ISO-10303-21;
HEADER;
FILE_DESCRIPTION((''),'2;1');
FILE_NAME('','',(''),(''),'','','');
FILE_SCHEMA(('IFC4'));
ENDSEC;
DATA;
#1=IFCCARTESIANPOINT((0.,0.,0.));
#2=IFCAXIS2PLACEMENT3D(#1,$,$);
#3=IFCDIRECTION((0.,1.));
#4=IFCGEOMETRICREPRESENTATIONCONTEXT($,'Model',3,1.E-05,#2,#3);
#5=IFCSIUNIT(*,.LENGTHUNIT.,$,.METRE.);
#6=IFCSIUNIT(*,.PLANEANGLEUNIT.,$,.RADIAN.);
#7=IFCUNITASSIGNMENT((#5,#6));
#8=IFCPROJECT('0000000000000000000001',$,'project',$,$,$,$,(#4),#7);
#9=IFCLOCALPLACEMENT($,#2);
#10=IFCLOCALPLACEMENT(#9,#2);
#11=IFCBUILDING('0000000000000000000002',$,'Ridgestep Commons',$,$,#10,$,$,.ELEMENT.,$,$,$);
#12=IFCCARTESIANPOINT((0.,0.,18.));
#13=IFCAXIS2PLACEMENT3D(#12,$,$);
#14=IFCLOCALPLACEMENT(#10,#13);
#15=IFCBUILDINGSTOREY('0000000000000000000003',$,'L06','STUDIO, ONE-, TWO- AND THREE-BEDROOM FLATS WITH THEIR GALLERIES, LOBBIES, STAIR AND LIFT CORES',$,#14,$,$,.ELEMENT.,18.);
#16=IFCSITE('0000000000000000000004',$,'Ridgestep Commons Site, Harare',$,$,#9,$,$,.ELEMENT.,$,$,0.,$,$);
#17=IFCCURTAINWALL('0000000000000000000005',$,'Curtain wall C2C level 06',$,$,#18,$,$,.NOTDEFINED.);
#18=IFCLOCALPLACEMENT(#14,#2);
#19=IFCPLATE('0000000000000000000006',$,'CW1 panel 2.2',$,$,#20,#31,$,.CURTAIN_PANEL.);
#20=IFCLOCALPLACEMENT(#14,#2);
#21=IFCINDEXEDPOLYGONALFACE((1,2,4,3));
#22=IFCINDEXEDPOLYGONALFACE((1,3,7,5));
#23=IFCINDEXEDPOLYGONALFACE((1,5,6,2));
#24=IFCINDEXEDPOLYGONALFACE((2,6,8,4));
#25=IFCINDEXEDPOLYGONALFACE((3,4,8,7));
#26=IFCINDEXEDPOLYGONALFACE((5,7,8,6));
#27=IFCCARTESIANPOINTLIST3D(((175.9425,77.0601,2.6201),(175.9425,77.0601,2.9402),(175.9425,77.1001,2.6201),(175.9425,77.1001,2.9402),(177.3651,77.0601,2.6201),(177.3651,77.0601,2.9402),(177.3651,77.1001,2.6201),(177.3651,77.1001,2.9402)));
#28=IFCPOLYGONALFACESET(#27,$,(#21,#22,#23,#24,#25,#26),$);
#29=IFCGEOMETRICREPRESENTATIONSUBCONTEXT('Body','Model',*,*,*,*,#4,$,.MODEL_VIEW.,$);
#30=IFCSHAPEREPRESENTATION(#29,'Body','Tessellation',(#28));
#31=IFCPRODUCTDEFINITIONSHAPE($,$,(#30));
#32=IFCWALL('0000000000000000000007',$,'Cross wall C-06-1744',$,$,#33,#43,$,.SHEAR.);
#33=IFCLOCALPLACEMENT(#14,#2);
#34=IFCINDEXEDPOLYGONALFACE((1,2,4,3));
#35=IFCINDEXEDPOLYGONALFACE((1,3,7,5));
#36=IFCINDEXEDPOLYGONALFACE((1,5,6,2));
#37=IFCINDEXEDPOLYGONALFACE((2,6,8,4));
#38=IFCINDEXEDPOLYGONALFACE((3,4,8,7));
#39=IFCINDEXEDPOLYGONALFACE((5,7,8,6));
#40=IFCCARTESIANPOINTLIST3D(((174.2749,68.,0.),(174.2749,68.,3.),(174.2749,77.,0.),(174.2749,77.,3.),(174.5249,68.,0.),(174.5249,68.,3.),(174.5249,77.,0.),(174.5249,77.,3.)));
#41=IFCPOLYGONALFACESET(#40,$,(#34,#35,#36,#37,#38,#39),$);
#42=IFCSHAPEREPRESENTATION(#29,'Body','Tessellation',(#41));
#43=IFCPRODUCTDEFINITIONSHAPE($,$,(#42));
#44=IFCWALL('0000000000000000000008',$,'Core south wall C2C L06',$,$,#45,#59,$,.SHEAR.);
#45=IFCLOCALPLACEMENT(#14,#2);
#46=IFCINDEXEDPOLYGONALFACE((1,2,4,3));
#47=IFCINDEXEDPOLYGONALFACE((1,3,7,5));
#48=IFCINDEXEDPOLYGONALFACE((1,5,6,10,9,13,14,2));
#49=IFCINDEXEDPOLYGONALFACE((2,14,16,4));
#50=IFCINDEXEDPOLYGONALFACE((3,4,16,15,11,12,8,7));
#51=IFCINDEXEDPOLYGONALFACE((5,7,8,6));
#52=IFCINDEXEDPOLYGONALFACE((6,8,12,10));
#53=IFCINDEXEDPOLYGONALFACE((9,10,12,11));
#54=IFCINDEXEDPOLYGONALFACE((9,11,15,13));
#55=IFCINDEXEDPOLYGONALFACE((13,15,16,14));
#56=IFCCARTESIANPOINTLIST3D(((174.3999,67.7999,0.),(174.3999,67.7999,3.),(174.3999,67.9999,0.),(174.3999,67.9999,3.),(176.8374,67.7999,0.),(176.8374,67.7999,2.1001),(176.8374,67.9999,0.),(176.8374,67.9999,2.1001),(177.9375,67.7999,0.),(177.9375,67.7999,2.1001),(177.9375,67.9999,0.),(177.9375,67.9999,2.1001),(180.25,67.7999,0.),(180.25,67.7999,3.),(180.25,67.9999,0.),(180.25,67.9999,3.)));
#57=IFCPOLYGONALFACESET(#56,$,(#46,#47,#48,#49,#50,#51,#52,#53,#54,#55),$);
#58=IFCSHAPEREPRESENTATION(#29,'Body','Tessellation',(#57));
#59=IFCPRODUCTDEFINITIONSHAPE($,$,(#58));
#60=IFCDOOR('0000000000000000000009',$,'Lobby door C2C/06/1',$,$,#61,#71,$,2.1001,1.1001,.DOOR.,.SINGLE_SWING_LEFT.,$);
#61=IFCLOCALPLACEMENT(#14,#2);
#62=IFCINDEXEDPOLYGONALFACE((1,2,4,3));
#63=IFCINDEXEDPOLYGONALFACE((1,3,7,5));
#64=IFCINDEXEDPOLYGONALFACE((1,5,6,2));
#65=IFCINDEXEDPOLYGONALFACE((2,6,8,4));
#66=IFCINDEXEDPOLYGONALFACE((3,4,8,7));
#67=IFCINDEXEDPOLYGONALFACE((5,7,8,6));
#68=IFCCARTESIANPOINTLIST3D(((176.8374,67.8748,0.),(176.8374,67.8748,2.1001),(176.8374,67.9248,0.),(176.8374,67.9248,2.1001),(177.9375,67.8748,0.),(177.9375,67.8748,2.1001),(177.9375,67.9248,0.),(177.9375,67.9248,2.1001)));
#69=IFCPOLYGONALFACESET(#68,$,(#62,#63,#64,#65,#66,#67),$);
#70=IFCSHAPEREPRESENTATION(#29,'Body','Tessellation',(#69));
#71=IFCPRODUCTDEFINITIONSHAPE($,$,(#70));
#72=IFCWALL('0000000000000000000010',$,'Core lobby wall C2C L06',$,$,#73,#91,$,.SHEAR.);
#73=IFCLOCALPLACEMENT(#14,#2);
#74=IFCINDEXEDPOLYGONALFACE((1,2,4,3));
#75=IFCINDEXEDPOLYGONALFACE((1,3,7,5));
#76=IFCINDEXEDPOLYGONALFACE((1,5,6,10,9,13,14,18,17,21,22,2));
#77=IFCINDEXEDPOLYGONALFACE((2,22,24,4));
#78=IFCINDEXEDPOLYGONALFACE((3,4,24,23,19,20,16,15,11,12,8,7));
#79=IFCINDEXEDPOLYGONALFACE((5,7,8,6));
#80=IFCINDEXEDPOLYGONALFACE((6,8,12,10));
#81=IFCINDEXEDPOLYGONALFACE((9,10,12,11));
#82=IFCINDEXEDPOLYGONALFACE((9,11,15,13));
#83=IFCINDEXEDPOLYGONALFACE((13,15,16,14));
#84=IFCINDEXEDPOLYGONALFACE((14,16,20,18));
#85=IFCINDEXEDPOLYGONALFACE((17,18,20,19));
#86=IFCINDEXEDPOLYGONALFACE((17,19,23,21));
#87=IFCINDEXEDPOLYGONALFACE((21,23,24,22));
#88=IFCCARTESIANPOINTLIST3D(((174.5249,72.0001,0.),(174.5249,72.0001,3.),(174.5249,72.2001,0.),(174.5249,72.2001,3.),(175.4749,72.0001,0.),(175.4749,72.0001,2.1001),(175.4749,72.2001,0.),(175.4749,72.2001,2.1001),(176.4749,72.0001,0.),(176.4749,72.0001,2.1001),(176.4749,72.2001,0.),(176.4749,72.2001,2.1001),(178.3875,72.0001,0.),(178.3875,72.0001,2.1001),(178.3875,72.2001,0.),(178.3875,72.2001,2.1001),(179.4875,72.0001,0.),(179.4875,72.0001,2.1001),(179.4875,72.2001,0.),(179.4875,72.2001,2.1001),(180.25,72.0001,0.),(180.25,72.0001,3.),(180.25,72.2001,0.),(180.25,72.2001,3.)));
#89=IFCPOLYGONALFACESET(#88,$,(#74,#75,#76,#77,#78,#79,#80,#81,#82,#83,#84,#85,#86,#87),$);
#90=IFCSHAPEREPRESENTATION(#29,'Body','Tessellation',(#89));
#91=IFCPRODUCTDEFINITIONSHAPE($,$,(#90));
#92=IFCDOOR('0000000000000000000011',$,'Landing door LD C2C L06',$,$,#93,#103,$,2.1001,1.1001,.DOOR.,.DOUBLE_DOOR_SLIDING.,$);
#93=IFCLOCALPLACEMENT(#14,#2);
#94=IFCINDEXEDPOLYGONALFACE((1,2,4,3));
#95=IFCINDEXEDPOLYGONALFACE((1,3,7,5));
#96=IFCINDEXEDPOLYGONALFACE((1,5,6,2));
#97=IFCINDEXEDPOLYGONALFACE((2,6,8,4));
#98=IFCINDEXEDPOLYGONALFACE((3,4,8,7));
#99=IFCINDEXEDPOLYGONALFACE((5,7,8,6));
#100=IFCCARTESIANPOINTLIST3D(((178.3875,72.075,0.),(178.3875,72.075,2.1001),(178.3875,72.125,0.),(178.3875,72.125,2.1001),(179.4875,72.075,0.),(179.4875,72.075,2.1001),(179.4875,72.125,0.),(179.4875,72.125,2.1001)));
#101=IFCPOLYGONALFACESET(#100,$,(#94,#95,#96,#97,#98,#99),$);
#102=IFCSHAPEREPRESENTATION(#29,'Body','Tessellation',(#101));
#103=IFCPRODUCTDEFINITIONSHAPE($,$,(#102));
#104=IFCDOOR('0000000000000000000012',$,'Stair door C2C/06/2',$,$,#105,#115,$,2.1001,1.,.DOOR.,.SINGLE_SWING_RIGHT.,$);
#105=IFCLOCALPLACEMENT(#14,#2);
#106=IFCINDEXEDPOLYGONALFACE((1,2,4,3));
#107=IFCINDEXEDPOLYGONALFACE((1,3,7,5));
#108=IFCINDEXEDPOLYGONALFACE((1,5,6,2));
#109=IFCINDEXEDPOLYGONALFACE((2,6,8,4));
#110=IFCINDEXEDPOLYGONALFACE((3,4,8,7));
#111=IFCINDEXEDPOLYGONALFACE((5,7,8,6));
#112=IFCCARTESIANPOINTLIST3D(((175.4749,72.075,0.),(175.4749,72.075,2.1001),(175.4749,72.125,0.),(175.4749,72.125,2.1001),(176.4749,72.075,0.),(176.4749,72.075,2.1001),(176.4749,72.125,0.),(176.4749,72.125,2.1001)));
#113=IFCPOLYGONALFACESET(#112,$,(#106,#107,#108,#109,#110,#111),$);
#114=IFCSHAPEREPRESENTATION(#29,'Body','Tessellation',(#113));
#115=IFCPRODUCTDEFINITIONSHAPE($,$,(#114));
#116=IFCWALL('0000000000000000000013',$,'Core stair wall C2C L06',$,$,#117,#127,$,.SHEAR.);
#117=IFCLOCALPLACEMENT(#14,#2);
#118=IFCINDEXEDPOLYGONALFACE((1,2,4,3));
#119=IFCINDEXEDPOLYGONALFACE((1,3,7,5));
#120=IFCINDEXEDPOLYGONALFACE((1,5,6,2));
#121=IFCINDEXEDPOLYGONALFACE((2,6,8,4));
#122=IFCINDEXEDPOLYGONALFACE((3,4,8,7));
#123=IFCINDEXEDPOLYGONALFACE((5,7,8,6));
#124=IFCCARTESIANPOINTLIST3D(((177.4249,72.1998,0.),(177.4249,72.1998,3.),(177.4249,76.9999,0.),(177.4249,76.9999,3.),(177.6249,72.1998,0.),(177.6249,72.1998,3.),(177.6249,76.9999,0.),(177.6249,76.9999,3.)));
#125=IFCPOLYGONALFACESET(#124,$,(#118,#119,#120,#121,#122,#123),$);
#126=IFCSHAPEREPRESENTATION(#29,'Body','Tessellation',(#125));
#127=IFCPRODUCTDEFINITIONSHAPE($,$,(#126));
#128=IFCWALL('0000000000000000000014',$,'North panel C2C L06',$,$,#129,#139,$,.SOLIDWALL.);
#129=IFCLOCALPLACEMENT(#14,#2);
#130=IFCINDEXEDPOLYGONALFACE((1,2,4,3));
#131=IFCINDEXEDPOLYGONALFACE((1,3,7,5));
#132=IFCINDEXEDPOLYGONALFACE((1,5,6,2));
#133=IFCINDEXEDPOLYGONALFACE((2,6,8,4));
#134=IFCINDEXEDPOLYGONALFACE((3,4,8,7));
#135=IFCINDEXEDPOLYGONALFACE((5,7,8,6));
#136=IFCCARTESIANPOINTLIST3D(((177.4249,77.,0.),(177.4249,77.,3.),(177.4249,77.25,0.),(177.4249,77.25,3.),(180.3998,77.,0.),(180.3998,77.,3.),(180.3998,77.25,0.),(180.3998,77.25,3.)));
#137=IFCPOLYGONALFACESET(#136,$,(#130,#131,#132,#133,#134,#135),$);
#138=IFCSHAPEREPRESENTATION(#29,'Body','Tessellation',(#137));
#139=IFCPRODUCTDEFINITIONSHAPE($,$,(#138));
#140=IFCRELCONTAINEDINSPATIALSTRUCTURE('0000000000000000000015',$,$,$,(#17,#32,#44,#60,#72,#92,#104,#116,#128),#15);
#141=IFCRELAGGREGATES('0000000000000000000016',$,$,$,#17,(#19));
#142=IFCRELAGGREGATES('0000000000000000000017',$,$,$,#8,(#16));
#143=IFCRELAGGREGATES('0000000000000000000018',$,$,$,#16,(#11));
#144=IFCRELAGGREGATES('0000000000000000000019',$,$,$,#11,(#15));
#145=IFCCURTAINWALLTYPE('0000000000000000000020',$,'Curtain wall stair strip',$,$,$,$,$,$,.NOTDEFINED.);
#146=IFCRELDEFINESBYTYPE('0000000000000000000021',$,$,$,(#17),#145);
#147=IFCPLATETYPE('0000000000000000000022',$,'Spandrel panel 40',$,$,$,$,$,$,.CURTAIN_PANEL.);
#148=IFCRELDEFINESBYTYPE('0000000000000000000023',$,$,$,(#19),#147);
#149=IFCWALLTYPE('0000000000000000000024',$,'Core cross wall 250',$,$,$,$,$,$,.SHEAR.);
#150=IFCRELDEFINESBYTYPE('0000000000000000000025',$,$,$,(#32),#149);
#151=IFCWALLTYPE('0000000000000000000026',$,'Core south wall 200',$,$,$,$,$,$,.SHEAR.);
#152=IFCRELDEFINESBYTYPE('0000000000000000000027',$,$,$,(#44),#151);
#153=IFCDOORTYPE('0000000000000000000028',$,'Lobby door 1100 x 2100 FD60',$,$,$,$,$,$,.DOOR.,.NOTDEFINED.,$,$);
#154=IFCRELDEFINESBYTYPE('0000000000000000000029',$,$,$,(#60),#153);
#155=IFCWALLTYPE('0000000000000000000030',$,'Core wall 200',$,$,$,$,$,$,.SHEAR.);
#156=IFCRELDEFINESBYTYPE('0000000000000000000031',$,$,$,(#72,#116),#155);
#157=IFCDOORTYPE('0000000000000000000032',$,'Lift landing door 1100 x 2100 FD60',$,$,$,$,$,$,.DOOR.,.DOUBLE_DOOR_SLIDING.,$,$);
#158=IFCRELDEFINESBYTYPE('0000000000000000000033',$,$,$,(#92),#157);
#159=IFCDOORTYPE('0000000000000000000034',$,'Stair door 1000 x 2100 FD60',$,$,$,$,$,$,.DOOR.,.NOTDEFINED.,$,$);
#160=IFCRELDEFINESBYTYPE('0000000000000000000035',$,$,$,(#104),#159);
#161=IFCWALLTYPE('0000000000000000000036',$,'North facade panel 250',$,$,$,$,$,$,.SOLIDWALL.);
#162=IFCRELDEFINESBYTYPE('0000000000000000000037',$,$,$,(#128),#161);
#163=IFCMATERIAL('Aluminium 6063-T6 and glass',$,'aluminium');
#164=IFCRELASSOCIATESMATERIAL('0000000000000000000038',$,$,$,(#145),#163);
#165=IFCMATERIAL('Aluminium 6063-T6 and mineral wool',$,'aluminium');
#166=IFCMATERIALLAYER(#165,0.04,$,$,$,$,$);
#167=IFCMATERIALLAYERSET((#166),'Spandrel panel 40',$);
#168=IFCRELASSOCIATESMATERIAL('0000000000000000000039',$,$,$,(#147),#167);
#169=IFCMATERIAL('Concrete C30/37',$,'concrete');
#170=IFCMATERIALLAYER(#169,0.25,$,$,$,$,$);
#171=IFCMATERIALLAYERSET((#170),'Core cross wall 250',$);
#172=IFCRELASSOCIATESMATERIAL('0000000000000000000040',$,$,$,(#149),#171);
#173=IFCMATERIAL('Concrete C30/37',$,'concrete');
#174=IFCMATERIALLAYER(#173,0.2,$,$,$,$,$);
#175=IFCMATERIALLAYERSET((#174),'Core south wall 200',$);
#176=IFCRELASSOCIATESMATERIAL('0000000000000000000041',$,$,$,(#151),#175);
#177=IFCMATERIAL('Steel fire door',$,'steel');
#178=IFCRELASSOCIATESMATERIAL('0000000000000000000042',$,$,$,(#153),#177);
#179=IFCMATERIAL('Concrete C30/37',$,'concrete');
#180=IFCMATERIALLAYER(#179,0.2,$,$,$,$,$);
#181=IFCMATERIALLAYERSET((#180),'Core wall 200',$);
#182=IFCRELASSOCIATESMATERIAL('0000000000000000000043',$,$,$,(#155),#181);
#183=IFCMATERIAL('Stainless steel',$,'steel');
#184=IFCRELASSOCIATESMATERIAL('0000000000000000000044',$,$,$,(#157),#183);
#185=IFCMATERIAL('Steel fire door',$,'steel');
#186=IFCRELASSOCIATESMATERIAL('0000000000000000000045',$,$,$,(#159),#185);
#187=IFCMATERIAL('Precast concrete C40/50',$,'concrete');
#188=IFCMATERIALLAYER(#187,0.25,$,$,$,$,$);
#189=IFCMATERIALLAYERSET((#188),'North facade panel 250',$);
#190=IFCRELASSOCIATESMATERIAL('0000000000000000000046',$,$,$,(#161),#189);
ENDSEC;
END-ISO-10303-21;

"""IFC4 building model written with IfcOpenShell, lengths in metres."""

from ifc_helpers import new_model, si_unit, direction, frame, frame_2d, origin, origin_2d, place, context, subcontext, project, spatial, rectangle, extrude, material, layer, layer_set, type_object, element, fill, aggregate, save


model = new_model("IFC4")

# Units and contexts
model_context = context("Model", 3, precision=1e-05, world=origin(), true_north=direction((0.0, 1.0)))
body_context = subcontext(model_context, "Body", "Model", "MODEL_VIEW")
ifc_project = project(units=[si_unit("LENGTHUNIT", "METRE"), si_unit("PLANEANGLEUNIT", "RADIAN")], contexts=[model_context])

# Site, building, storey
site_placement = place(None, origin())
site = spatial("IfcSite", under=ifc_project, at=site_placement, Name="Ridgestep Commons Site, Harare", CompositionType="ELEMENT", RefElevation=0.0)
building_placement = place(site_placement, origin())
building = spatial("IfcBuilding", under=site, at=building_placement, Name="Ridgestep Commons", CompositionType="ELEMENT")
storey_placement = place(building_placement, frame((0.0, 0.0, 18.0)))
storey = spatial("IfcBuildingStorey", under=building, at=storey_placement, Name="L06", Description="STUDIO, ONE-, TWO- AND THREE-BEDROOM FLATS WITH THEIR GALLERIES, LOBBIES, STAIR AND LIFT CORES", CompositionType="ELEMENT", Elevation=18.0)

# Curtain wall, plate
ifc_material_1 = material(Name="Aluminium 6063-T6 and glass", Category="aluminium")
curtain_wall_type = type_object("IfcCurtainWallType", Name="Curtain wall stair strip", PredefinedType="NOTDEFINED", material=ifc_material_1)
curtain_wall_placement = place(storey_placement, origin())
curtain_wall = element("IfcCurtainWall", 1, at=curtain_wall_placement, inside=storey, type_object=curtain_wall_type, Name="Curtain wall C2C level 06", PredefinedType="NOTDEFINED")
ifc_material_2 = material(Name="Aluminium 6063-T6 and mineral wool", Category="aluminium")
ifc_layer_1 = layer(ifc_material_2, 0.04)
ifc_layer_set_1 = layer_set([ifc_layer_1], Name="Spandrel panel 40")
plate_type_1 = type_object("IfcPlateType", Name="Spandrel panel 40", PredefinedType="CURTAIN_PANEL", material=ifc_layer_set_1)
plate_1_placement = place(storey_placement, frame((176.6538, 77.0801, 2.6201), z_axis=(0.0, 0.0, 1.0), x_axis=(1.0, 0.0, 0.0)))
plate_1 = element("IfcPlate", 2, at=plate_1_placement, type_object=plate_type_1, Name="CW1 panel 2.2", PredefinedType="CURTAIN_PANEL", context=body_context, shape_type="SweptSolid", body=[
    extrude(rectangle(XDim=1.4226, YDim=0.04, at=origin_2d()), origin(), (0.0, 0.0, 1.0), 0.3201),
])
aggregate(curtain_wall, [plate_1])

# Wall
ifc_material_3 = material(Name="Concrete C30/37", Category="concrete")
ifc_layer_2 = layer(ifc_material_3, 0.25)
ifc_layer_set_2 = layer_set([ifc_layer_2], Name="Core cross wall 250")
wall_type_1 = type_object("IfcWallType", Name="Core cross wall 250", PredefinedType="SHEAR", material=ifc_layer_set_2)
wall_1_placement = place(storey_placement, frame((174.3999, 68.0, 0.0), z_axis=(0.0, 0.0, 1.0), x_axis=(0.0, 1.0, 0.0)))
element("IfcWall", 3, at=wall_1_placement, inside=storey, type_object=wall_type_1, Name="Cross wall C-06-1744", PredefinedType="SHEAR", context=body_context, shape_type="SweptSolid", body=[
    extrude(rectangle(XDim=9.0, YDim=0.25, at=frame_2d((4.5, 0.0))), origin(), (0.0, 0.0, 1.0), 3.0),
])

# Wall, opening, door
ifc_material_4 = material(Name="Concrete C30/37", Category="concrete")
ifc_layer_3 = layer(ifc_material_4, 0.2)
ifc_layer_set_3 = layer_set([ifc_layer_3], Name="Core south wall 200")
wall_type_2 = type_object("IfcWallType", Name="Core south wall 200", PredefinedType="SHEAR", material=ifc_layer_set_3)
wall_2_placement = place(storey_placement, frame((174.3999, 67.8999, 0.0), z_axis=(0.0, 0.0, 1.0), x_axis=(1.0, 0.0, 0.0)))
wall_2 = element("IfcWall", 4, at=wall_2_placement, inside=storey, type_object=wall_type_2, Name="Core south wall C2C L06", PredefinedType="SHEAR", context=body_context, shape_type="SweptSolid", body=[
    extrude(rectangle(XDim=5.8501, YDim=0.2, at=frame_2d((2.925, 0.0))), origin(), (0.0, 0.0, 1.0), 3.0),
])
opening_1_placement = place(wall_2_placement, frame((2.4375, 0.0, 0.0)))
opening_1 = element("IfcOpeningElement", 5, at=opening_1_placement, cuts=wall_2, PredefinedType="OPENING", context=body_context, shape_type="SweptSolid", body=[
    extrude(rectangle(XDim=1.1001, YDim=2.1001, at=frame_2d((0.55, 1.05))), frame((0.0, 0.1099, 0.0), z_axis=(0.0, -1.0, 0.0), x_axis=(1.0, 0.0, 0.0)), (0.0, 0.0, 1.0), 0.22),
])
ifc_material_5 = material(Name="Steel fire door", Category="steel")
door_type_1 = type_object("IfcDoorType", Name="Lobby door 1100 x 2100 FD60", OperationType="NOTDEFINED", PredefinedType="DOOR", material=ifc_material_5)
door_1_placement = place(opening_1_placement, origin())
door_1 = element("IfcDoor", 6, at=door_1_placement, inside=storey, type_object=door_type_1, Name="Lobby door C2C/06/1", OperationType="SINGLE_SWING_LEFT", OverallHeight=2.1001, OverallWidth=1.1001, PredefinedType="DOOR", context=body_context, shape_type="SweptSolid", body=[
    extrude(rectangle(XDim=1.1001, YDim=2.1001, at=frame_2d((0.55, 1.05))), frame((0.0, 0.0249, 0.0), z_axis=(0.0, -1.0, 0.0), x_axis=(1.0, 0.0, 0.0)), (0.0, 0.0, 1.0), 0.05),
])
fill(opening_1, door_1)

# Wall, openings, doors
ifc_material_6 = material(Name="Concrete C30/37", Category="concrete")
ifc_layer_4 = layer(ifc_material_6, 0.2)
ifc_layer_set_4 = layer_set([ifc_layer_4], Name="Core wall 200")
wall_type_3 = type_object("IfcWallType", Name="Core wall 200", PredefinedType="SHEAR", material=ifc_layer_set_4)
wall_3_placement = place(storey_placement, frame((174.5249, 72.1001, 0.0), z_axis=(0.0, 0.0, 1.0), x_axis=(1.0, 0.0, 0.0)))
wall_3 = element("IfcWall", 7, at=wall_3_placement, inside=storey, type_object=wall_type_3, Name="Core lobby wall C2C L06", PredefinedType="SHEAR", context=body_context, shape_type="SweptSolid", body=[
    extrude(rectangle(XDim=5.7251, YDim=0.2, at=frame_2d((2.8625, 0.0))), origin(), (0.0, 0.0, 1.0), 3.0),
])
opening_2_placement = place(wall_3_placement, frame((0.95, 0.0, 0.0)))
opening_2 = element("IfcOpeningElement", 8, at=opening_2_placement, cuts=wall_3, PredefinedType="OPENING", context=body_context, shape_type="SweptSolid", body=[
    extrude(rectangle(XDim=1.0, YDim=2.1001, at=frame_2d((0.5, 1.05))), frame((0.0, 0.1099, 0.0), z_axis=(0.0, -1.0, 0.0), x_axis=(1.0, 0.0, 0.0)), (0.0, 0.0, 1.0), 0.22),
])
opening_3_placement = place(wall_3_placement, frame((3.8625, 0.0, 0.0)))
opening_3 = element("IfcOpeningElement", 9, at=opening_3_placement, cuts=wall_3, PredefinedType="OPENING", context=body_context, shape_type="SweptSolid", body=[
    extrude(rectangle(XDim=1.1001, YDim=2.1001, at=frame_2d((0.55, 1.05))), frame((0.0, 0.1099, 0.0), z_axis=(0.0, -1.0, 0.0), x_axis=(1.0, 0.0, 0.0)), (0.0, 0.0, 1.0), 0.22),
])
ifc_material_7 = material(Name="Stainless steel", Category="steel")
door_type_2 = type_object("IfcDoorType", Name="Lift landing door 1100 x 2100 FD60", OperationType="DOUBLE_DOOR_SLIDING", PredefinedType="DOOR", material=ifc_material_7)
door_2_placement = place(opening_3_placement, origin())
door_2 = element("IfcDoor", 10, at=door_2_placement, inside=storey, type_object=door_type_2, Name="Landing door LD C2C L06", OperationType="DOUBLE_DOOR_SLIDING", OverallHeight=2.1001, OverallWidth=1.1001, PredefinedType="DOOR", context=body_context, shape_type="SweptSolid", body=[
    extrude(rectangle(XDim=1.1001, YDim=2.1001, at=frame_2d((0.55, 1.05))), frame((0.0, 0.0249, 0.0), z_axis=(0.0, -1.0, 0.0), x_axis=(1.0, 0.0, 0.0)), (0.0, 0.0, 1.0), 0.05),
])
fill(opening_3, door_2)
ifc_material_8 = material(Name="Steel fire door", Category="steel")
door_type_3 = type_object("IfcDoorType", Name="Stair door 1000 x 2100 FD60", OperationType="NOTDEFINED", PredefinedType="DOOR", material=ifc_material_8)
door_3_placement = place(opening_2_placement, origin())
door_3 = element("IfcDoor", 11, at=door_3_placement, inside=storey, type_object=door_type_3, Name="Stair door C2C/06/2", OperationType="SINGLE_SWING_RIGHT", OverallHeight=2.1001, OverallWidth=1.0, PredefinedType="DOOR", context=body_context, shape_type="SweptSolid", body=[
    extrude(rectangle(XDim=1.0, YDim=2.1001, at=frame_2d((0.5, 1.05))), frame((0.0, 0.0249, 0.0), z_axis=(0.0, -1.0, 0.0), x_axis=(1.0, 0.0, 0.0)), (0.0, 0.0, 1.0), 0.05),
])
fill(opening_2, door_3)

# Walls
wall_4_placement = place(storey_placement, frame((177.5249, 72.2, 0.0), z_axis=(0.0, 0.0, 1.0), x_axis=(0.0, 1.0, 0.0)))
element("IfcWall", 12, at=wall_4_placement, inside=storey, type_object=wall_type_3, Name="Core stair wall C2C L06", PredefinedType="SHEAR", context=body_context, shape_type="SweptSolid", body=[
    extrude(rectangle(XDim=4.8, YDim=0.2, at=frame_2d((2.3999, 0.0))), origin(), (0.0, 0.0, 1.0), 3.0),
])
ifc_material_9 = material(Name="Precast concrete C40/50", Category="concrete")
ifc_layer_5 = layer(ifc_material_9, 0.25)
ifc_layer_set_5 = layer_set([ifc_layer_5], Name="North facade panel 250")
wall_type_4 = type_object("IfcWallType", Name="North facade panel 250", PredefinedType="SOLIDWALL", material=ifc_layer_set_5)
wall_5_placement = place(storey_placement, frame((177.425, 77.125, 0.0), z_axis=(0.0, 0.0, 1.0), x_axis=(1.0, 0.0, 0.0)))
element("IfcWall", 13, at=wall_5_placement, inside=storey, type_object=wall_type_4, Name="North panel C2C L06", PredefinedType="SOLIDWALL", context=body_context, shape_type="SweptSolid", body=[
    extrude(rectangle(XDim=2.9749, YDim=0.25, at=frame_2d((1.4873, 0.0))), origin(), (0.0, 0.0, 1.0), 3.0),
])

save(model, "model.ifc")
